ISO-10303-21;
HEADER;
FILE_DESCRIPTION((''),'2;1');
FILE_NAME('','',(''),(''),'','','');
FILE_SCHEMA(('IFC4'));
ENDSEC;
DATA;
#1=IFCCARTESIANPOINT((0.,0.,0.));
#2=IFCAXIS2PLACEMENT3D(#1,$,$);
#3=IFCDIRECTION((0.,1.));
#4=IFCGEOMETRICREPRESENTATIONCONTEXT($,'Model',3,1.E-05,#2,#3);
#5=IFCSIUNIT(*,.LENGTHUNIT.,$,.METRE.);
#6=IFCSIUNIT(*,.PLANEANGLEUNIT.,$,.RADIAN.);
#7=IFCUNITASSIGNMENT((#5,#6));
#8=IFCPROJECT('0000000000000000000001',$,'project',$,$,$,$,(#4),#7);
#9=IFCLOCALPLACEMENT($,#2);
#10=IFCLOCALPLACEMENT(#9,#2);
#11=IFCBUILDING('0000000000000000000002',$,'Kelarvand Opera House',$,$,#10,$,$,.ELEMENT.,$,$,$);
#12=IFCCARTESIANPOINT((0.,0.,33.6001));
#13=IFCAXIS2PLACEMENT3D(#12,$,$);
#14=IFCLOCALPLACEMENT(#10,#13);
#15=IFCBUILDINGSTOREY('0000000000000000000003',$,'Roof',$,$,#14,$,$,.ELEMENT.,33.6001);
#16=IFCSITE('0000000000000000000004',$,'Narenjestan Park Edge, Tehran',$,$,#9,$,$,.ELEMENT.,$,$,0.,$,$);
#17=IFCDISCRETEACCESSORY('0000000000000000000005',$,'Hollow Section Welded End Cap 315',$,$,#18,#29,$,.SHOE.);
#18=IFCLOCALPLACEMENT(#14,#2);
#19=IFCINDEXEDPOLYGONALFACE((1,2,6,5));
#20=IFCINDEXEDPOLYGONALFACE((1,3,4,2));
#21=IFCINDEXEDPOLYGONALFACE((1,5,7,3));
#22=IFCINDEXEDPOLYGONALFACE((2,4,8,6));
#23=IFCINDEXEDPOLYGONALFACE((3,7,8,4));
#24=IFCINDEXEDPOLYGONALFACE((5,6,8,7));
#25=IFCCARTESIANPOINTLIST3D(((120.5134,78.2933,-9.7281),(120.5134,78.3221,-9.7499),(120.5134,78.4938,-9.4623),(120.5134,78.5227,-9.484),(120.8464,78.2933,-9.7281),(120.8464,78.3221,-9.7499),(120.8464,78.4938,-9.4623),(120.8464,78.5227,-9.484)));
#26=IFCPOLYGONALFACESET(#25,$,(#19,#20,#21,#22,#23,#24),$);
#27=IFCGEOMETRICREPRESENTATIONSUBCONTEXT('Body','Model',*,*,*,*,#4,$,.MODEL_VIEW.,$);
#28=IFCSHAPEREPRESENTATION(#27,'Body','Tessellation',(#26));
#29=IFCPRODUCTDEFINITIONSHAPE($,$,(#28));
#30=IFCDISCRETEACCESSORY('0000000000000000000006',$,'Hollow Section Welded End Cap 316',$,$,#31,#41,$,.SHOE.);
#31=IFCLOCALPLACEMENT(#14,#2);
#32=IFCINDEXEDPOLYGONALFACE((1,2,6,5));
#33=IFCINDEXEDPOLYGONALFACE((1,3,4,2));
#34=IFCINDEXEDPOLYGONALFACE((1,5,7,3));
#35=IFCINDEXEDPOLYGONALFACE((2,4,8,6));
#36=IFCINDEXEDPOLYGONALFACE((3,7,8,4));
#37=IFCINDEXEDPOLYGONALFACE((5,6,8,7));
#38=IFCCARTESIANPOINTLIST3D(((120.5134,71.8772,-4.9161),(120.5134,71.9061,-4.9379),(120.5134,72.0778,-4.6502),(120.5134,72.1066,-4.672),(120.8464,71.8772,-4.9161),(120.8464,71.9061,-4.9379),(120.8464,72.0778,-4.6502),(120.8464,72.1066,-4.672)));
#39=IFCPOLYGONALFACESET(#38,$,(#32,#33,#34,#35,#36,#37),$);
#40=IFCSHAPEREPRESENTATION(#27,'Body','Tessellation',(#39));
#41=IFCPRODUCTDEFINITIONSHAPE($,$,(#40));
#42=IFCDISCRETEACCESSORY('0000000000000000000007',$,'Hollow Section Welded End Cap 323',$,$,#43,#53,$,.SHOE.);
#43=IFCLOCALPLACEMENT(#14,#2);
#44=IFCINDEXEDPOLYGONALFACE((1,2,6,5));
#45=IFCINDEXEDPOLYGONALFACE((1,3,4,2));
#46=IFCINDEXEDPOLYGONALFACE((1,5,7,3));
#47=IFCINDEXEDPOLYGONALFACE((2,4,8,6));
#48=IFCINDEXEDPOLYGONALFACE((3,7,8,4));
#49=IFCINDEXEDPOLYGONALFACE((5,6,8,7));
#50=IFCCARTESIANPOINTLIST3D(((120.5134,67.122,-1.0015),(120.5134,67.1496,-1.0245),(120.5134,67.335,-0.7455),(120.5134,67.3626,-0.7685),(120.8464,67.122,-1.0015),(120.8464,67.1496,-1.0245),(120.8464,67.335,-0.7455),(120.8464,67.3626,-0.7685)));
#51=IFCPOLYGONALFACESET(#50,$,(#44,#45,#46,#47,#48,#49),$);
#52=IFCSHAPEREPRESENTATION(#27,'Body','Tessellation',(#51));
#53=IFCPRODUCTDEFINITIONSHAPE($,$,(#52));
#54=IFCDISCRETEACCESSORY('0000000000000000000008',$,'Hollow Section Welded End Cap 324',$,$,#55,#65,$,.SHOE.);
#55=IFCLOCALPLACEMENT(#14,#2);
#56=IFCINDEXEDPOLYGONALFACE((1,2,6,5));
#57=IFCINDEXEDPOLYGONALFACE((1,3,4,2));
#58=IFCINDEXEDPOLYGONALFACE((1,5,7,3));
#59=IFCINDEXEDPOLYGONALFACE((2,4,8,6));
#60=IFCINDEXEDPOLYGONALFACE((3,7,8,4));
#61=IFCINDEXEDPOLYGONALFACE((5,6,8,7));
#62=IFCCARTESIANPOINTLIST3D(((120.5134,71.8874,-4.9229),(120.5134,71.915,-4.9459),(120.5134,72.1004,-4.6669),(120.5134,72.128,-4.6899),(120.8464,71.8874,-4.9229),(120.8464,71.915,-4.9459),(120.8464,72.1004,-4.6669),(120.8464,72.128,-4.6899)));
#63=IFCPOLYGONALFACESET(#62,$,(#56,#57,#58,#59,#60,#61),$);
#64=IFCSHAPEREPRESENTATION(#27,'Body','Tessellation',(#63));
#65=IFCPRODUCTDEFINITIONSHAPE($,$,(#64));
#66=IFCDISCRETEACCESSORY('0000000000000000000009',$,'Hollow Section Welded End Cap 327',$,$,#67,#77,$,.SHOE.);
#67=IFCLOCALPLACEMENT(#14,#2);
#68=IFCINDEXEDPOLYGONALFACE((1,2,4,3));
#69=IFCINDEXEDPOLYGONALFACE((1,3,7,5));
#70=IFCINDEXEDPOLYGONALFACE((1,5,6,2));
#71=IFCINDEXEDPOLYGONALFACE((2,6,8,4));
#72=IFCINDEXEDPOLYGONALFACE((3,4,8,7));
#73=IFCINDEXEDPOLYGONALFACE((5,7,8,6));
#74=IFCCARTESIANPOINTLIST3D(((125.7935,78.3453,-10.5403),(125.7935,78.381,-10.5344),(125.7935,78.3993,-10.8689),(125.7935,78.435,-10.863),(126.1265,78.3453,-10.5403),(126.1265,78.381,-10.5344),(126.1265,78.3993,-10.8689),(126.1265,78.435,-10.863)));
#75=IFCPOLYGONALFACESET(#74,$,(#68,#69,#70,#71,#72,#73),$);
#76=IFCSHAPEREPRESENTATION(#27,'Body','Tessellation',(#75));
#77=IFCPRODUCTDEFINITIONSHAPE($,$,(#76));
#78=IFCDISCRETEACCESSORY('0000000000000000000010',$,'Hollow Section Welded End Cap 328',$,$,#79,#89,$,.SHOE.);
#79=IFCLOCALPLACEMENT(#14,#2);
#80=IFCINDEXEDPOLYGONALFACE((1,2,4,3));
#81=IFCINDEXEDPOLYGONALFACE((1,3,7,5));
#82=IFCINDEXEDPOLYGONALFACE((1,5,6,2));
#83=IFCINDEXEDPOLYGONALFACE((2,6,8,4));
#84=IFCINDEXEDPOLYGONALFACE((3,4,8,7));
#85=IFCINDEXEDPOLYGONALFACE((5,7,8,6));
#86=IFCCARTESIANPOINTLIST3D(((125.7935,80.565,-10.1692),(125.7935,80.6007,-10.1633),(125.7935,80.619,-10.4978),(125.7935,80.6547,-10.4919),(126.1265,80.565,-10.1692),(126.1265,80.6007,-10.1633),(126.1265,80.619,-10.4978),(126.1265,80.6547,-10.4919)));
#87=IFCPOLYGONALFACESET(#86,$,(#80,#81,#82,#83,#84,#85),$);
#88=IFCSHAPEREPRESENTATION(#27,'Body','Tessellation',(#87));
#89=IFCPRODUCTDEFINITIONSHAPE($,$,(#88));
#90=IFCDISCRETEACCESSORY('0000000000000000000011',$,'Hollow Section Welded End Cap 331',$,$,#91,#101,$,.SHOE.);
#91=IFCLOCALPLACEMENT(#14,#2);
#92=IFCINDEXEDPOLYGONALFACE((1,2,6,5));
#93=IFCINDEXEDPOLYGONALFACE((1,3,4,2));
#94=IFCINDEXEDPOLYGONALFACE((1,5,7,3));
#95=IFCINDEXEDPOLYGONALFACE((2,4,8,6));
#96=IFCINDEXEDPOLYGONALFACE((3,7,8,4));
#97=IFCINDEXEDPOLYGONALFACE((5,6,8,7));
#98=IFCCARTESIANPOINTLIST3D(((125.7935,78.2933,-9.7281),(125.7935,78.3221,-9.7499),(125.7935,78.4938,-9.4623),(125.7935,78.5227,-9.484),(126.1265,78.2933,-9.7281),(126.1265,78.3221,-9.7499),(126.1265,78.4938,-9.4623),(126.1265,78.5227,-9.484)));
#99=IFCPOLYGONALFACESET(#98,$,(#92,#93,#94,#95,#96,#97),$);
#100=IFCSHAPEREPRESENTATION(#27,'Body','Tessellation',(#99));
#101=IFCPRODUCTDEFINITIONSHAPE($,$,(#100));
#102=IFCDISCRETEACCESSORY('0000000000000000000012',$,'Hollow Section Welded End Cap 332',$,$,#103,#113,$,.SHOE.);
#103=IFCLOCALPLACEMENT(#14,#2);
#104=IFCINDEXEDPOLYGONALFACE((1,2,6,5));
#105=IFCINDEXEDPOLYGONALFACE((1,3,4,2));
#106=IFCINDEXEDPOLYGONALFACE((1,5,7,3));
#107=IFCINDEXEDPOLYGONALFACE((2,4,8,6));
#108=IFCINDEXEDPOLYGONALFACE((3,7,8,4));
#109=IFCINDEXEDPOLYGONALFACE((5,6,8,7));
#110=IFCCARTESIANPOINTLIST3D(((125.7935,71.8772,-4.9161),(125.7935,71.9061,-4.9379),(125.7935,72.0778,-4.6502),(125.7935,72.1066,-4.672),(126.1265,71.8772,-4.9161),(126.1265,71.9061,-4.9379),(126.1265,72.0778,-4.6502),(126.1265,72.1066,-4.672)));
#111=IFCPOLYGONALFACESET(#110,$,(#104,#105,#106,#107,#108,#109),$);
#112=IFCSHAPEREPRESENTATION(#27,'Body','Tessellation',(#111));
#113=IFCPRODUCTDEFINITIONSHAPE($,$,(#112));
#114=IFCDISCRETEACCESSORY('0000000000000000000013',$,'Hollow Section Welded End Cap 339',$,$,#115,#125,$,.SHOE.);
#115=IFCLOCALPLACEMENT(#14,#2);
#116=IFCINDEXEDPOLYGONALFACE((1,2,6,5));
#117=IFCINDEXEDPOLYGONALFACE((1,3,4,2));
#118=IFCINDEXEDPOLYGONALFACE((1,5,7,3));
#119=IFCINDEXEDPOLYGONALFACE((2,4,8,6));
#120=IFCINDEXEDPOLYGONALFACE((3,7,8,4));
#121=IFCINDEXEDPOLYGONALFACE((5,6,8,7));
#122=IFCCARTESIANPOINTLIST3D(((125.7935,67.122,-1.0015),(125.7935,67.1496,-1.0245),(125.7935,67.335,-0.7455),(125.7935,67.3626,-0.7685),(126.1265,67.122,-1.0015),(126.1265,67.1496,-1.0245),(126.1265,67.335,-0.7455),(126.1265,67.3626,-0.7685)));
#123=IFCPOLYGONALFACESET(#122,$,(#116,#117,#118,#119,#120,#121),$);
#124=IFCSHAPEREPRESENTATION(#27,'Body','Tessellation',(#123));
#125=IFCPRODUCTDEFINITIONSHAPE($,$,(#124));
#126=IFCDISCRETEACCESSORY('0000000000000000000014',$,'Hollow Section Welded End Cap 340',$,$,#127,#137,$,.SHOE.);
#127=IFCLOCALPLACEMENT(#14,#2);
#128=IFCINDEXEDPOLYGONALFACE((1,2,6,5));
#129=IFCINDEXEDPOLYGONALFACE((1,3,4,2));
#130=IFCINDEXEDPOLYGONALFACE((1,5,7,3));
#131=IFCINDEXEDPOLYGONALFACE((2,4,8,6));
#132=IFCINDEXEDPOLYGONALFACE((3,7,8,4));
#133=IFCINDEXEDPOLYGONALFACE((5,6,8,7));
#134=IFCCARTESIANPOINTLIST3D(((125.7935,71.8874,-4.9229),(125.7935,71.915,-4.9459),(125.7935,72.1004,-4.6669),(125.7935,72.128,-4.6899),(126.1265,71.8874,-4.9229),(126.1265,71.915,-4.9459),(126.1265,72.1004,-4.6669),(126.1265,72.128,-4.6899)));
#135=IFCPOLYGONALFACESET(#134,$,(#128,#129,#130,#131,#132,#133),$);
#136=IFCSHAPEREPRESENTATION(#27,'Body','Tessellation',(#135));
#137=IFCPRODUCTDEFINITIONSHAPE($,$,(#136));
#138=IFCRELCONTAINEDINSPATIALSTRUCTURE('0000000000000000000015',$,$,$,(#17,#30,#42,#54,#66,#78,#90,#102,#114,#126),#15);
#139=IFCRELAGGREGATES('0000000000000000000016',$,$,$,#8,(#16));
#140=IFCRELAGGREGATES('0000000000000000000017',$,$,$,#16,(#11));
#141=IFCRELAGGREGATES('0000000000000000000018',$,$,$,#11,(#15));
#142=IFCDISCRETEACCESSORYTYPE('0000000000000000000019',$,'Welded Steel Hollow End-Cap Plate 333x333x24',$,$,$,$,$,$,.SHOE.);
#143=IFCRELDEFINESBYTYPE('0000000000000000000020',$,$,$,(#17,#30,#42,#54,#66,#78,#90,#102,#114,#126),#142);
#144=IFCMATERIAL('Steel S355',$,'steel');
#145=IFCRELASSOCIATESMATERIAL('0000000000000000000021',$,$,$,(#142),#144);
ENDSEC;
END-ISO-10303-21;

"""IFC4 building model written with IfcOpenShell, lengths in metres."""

from ifc_helpers import new_model, si_unit, direction, frame, origin, origin_2d, place, context, subcontext, project, spatial, rectangle, extrude, material, material_profile, profile_set, type_object, element, save


model = new_model("IFC4")

# Units and contexts
model_context = context("Model", 3, precision=1e-05, world=origin(), true_north=direction((0.0, 1.0)))
body_context = subcontext(model_context, "Body", "Model", "MODEL_VIEW")
ifc_project = project(units=[si_unit("LENGTHUNIT", "METRE"), si_unit("PLANEANGLEUNIT", "RADIAN")], contexts=[model_context])

# Site, building, storey
site_placement = place(None, origin())
site = spatial("IfcSite", under=ifc_project, at=site_placement, Name="Narenjestan Park Edge, Tehran", CompositionType="ELEMENT", RefElevation=0.0)
building_placement = place(site_placement, origin())
building = spatial("IfcBuilding", under=site, at=building_placement, Name="Kelarvand Opera House", CompositionType="ELEMENT")
storey_placement = place(building_placement, frame((0.0, 0.0, 33.6001)))
storey = spatial("IfcBuildingStorey", under=building, at=storey_placement, Name="Roof", CompositionType="ELEMENT", Elevation=33.6001)

# Shared definitions
ifc_material = material(Name="Steel S355", Category="steel")

# Discrete accessories
ifc_material_profile_1 = material_profile(ifc_material, rectangle(XDim=0.333, YDim=0.333, at=origin_2d()), Name="Welded Steel Hollow End-Cap Plate 333x333x24", Category="steel")
ifc_profile_set_1 = profile_set([ifc_material_profile_1], Name="Steel S355")
discrete_accessory_type_1 = type_object("IfcDiscreteAccessoryType", Name="Welded Steel Hollow End-Cap Plate 333x333x24", PredefinedType="SHOE", material=ifc_profile_set_1)
for number, where, z_axis, x_axis, name in (
    (1, (120.6799, 78.3936, -9.5952), (0.0, 0.798373, -0.602163), (-1.0, 0.0, 0.0), "Hollow Section Welded End Cap 315"),
    (2, (120.6799, 72.0063, -4.8049), (0.0, -0.798373, 0.602163), (1.0, 0.0, 0.0), "Hollow Section Welded End Cap 316"),
):
    element("IfcDiscreteAccessory", number, at=place(storey_placement, frame(where, z_axis=z_axis, x_axis=x_axis)), inside=storey, type_object=discrete_accessory_type_1, Name=name, PredefinedType="SHOE", context=body_context, shape_type="SweptSolid", body=[
        extrude(rectangle(XDim=0.333, YDim=0.333, at=origin_2d()), origin(), (0.0, 0.0, 1.0), 0.0361),
    ])
for number, where, z_axis, x_axis, name in (
    (3, (120.6799, 67.2561, -0.8965), (0.0, -0.768779, 0.639515), (1.0, 0.0, 0.0), "Hollow Section Welded End Cap 323"),
    (4, (120.6799, 71.9939, -4.7949), (0.0, 0.768779, -0.639515), (-1.0, 0.0, 0.0), "Hollow Section Welded End Cap 324"),
):
    element("IfcDiscreteAccessory", number, at=place(storey_placement, frame(where, z_axis=z_axis, x_axis=x_axis)), inside=storey, type_object=discrete_accessory_type_1, Name=name, PredefinedType="SHOE", context=body_context, shape_type="SweptSolid", body=[
        extrude(rectangle(XDim=0.333, YDim=0.333, at=origin_2d()), origin(), (0.0, 0.0, 1.0), 0.0359),
    ])
for number, where, z_axis, x_axis, name in (
    (5, (125.96, 78.408, -10.6987), (0.0, -0.986757, -0.162207), (1.0, 0.0, 0.0), "Hollow Section Welded End Cap 327"),
    (6, (125.96, 80.592, -10.3335), (0.0, 0.986757, 0.162207), (-1.0, 0.0, 0.0), "Hollow Section Welded End Cap 328"),
    (7, (125.96, 78.3936, -9.5952), (0.0, 0.798373, -0.602163), (-1.0, 0.0, 0.0), "Hollow Section Welded End Cap 331"),
    (8, (125.96, 72.0063, -4.8049), (0.0, -0.798373, 0.602163), (1.0, 0.0, 0.0), "Hollow Section Welded End Cap 332"),
):
    element("IfcDiscreteAccessory", number, at=place(storey_placement, frame(where, z_axis=z_axis, x_axis=x_axis)), inside=storey, type_object=discrete_accessory_type_1, Name=name, PredefinedType="SHOE", context=body_context, shape_type="SweptSolid", body=[
        extrude(rectangle(XDim=0.333, YDim=0.333, at=origin_2d()), origin(), (0.0, 0.0, 1.0), 0.0361),
    ])
for number, where, z_axis, x_axis, name in (
    (9, (125.96, 67.2561, -0.8965), (0.0, -0.768779, 0.639515), (1.0, 0.0, 0.0), "Hollow Section Welded End Cap 339"),
    (10, (125.96, 71.9939, -4.7949), (0.0, 0.768779, -0.639515), (-1.0, 0.0, 0.0), "Hollow Section Welded End Cap 340"),
):
    element("IfcDiscreteAccessory", number, at=place(storey_placement, frame(where, z_axis=z_axis, x_axis=x_axis)), inside=storey, type_object=discrete_accessory_type_1, Name=name, PredefinedType="SHOE", context=body_context, shape_type="SweptSolid", body=[
        extrude(rectangle(XDim=0.333, YDim=0.333, at=origin_2d()), origin(), (0.0, 0.0, 1.0), 0.0359),
    ])

save(model, "model.ifc")
